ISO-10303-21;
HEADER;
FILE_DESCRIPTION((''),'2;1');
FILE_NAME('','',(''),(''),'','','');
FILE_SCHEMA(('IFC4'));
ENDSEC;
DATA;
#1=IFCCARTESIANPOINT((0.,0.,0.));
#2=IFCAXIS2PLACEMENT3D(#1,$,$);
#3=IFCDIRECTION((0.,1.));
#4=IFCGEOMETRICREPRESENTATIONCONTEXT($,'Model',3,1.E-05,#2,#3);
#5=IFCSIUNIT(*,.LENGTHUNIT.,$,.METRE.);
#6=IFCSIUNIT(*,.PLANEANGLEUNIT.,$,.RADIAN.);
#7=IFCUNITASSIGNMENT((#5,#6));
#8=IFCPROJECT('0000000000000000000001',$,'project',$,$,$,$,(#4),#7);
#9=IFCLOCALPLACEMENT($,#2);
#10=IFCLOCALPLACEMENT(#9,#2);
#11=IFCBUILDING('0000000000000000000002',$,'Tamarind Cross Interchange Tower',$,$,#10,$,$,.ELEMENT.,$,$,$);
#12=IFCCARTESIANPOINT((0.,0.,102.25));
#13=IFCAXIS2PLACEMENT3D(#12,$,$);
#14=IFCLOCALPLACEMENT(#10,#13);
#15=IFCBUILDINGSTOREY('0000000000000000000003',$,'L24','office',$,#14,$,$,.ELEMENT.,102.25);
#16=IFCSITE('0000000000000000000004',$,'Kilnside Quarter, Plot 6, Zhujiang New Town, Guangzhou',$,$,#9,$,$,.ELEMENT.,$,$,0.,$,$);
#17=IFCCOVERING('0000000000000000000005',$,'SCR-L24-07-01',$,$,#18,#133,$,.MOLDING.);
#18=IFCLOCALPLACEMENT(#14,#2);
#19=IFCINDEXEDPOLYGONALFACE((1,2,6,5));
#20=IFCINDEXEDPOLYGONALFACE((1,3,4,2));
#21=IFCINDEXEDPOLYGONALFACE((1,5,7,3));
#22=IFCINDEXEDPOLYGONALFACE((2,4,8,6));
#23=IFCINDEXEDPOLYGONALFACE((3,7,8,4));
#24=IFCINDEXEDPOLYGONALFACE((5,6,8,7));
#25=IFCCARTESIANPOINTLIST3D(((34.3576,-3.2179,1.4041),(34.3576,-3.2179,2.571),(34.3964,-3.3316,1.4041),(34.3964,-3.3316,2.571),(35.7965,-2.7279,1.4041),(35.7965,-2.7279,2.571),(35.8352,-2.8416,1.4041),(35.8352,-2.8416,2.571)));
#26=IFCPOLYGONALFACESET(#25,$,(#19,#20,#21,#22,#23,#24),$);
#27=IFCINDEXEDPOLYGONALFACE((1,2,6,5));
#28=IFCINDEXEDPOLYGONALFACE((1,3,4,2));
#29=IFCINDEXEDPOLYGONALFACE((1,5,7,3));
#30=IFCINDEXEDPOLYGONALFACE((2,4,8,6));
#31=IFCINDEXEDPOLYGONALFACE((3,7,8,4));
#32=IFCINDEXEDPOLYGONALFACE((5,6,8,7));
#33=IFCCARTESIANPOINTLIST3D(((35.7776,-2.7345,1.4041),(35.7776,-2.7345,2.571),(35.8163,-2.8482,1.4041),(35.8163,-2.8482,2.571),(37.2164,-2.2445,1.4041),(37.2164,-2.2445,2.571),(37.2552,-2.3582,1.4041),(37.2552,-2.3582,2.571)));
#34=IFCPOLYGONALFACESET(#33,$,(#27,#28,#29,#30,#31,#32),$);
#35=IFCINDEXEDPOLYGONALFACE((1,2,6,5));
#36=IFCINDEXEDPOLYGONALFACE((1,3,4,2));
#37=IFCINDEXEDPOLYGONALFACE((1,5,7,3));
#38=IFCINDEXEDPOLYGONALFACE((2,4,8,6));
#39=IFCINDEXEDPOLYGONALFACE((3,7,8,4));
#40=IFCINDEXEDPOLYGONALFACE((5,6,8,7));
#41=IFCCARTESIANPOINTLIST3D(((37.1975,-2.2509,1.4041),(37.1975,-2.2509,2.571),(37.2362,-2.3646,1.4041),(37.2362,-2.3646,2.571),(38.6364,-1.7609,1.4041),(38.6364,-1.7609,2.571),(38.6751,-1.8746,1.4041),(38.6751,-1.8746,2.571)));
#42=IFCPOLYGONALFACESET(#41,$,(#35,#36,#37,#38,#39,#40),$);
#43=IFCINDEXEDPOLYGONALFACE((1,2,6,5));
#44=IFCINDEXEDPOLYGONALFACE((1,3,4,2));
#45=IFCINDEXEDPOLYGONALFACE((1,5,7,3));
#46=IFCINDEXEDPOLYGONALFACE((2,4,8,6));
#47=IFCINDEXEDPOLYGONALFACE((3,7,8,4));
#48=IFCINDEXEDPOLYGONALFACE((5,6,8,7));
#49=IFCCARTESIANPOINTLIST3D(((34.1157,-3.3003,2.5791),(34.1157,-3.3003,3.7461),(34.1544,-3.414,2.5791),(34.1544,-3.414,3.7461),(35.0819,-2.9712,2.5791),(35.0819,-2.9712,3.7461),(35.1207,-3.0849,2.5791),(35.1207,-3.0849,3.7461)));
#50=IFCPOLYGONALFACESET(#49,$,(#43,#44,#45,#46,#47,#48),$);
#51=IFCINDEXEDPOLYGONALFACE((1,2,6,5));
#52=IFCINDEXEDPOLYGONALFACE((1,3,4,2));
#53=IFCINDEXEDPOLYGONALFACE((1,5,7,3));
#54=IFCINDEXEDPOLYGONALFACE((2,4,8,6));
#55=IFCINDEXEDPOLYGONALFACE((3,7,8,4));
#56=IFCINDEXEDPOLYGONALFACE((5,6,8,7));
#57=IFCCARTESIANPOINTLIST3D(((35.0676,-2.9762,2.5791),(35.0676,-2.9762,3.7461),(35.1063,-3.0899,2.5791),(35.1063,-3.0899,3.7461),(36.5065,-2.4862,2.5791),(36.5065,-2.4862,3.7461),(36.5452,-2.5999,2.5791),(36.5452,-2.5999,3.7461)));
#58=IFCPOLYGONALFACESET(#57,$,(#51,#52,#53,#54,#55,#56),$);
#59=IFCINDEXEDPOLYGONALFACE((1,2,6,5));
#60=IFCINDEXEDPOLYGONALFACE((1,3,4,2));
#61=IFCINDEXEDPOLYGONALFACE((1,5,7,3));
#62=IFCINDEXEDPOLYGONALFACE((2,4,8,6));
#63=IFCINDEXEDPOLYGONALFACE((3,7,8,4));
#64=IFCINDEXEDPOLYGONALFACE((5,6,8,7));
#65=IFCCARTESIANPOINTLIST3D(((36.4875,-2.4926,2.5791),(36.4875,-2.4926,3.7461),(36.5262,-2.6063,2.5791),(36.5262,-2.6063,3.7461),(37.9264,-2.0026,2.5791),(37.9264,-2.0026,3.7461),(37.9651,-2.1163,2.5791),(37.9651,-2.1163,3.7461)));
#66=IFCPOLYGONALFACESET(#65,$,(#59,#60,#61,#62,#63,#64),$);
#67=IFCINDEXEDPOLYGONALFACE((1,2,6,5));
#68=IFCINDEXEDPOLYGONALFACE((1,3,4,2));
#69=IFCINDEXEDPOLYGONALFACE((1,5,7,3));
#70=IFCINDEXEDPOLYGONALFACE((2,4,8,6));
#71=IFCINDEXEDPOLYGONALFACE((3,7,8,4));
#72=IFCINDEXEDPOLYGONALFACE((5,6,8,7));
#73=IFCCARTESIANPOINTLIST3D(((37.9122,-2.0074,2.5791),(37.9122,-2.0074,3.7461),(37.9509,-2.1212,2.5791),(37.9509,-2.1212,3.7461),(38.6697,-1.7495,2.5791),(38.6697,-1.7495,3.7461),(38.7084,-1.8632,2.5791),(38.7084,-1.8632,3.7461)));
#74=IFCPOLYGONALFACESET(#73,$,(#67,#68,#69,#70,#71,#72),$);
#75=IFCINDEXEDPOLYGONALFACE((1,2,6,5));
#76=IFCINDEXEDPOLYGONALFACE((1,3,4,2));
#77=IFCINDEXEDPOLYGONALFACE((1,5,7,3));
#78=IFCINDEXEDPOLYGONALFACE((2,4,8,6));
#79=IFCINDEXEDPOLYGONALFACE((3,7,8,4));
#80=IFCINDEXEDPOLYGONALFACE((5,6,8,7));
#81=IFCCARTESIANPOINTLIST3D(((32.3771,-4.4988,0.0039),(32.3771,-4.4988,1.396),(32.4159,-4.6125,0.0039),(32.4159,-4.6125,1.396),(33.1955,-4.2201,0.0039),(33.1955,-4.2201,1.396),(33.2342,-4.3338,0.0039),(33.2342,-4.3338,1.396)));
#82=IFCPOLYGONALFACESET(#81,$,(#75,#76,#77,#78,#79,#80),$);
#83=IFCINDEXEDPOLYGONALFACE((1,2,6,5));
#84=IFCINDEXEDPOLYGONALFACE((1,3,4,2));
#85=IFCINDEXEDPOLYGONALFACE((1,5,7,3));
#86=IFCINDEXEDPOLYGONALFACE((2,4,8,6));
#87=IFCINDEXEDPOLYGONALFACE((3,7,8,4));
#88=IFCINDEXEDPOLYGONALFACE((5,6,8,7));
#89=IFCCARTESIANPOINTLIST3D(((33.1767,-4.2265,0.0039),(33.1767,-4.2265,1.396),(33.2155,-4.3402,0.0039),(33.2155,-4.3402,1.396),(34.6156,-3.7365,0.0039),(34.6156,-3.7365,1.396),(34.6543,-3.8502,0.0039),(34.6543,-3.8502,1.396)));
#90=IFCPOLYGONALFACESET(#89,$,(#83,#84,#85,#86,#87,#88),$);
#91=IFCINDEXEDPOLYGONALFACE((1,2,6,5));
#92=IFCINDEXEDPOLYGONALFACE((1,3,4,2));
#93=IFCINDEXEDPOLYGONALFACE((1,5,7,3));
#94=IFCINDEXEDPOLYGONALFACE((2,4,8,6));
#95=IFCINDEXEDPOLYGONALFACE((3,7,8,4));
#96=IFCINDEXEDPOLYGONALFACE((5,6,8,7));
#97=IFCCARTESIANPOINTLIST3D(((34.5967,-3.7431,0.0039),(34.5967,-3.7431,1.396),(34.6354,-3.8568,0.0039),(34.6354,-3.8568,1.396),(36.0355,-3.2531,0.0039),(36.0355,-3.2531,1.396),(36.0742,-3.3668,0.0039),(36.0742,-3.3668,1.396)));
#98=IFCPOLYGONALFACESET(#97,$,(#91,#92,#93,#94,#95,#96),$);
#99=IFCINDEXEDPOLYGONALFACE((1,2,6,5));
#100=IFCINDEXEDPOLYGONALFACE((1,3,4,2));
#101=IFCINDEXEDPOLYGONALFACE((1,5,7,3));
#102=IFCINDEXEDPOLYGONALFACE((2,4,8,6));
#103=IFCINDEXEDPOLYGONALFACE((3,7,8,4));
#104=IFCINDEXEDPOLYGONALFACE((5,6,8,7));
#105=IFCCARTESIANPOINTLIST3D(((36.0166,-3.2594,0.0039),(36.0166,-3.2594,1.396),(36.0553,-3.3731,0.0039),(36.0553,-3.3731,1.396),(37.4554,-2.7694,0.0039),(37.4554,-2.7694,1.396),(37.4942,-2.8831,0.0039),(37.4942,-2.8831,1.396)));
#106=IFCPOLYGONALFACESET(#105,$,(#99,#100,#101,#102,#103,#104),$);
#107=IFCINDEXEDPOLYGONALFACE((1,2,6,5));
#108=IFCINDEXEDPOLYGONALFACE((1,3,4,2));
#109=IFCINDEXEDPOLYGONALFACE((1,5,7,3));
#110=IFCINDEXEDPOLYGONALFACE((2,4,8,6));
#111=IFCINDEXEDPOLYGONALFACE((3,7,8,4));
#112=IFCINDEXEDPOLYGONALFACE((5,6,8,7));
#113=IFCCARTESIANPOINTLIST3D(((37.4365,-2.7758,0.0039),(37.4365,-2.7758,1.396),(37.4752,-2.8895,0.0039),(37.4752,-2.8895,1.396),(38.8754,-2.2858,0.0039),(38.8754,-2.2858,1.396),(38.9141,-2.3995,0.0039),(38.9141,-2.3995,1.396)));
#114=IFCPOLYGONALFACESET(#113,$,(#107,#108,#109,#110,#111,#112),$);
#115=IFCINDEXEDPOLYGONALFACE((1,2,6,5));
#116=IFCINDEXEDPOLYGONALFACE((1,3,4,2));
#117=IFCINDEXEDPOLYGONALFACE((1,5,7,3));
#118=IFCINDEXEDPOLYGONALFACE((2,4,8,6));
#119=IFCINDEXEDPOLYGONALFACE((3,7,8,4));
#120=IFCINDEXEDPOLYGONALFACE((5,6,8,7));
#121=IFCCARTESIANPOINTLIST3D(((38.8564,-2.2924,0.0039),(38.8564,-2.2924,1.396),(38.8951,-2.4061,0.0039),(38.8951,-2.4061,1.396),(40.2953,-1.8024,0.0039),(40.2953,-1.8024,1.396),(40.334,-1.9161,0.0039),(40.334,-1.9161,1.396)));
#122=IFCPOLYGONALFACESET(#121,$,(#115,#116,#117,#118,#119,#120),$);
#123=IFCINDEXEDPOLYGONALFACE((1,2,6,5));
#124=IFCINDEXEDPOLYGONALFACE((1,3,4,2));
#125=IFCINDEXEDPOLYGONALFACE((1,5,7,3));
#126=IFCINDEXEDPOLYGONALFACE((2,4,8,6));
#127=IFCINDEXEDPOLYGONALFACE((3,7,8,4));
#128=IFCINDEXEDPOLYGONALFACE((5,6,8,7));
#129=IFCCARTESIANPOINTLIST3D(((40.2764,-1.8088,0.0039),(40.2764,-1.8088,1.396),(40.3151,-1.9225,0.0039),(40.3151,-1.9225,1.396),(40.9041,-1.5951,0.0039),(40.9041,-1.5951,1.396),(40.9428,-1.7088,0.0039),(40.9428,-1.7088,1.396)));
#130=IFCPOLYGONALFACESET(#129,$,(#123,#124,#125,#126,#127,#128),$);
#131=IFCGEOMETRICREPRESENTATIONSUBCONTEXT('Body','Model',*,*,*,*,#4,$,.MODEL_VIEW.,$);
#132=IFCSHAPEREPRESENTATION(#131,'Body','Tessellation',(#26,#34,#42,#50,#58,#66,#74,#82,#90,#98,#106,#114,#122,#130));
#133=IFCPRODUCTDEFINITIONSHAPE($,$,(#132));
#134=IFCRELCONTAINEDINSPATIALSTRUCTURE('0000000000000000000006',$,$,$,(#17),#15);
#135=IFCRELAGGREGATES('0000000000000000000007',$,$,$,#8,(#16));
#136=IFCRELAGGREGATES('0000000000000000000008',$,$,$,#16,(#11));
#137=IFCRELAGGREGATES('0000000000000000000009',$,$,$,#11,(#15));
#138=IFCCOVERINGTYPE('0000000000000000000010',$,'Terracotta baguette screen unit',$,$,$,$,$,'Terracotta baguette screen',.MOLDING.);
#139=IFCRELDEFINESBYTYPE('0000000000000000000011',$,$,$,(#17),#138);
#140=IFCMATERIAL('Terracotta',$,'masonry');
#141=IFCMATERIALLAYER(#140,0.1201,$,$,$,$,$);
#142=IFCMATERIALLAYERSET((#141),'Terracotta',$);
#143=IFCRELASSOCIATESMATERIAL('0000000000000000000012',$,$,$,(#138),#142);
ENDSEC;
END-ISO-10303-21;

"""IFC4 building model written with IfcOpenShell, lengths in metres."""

from ifc_helpers import new_model, si_unit, direction, frame, origin, origin_2d, place, context, subcontext, project, spatial, rectangle, extrude, material, layer, layer_set, type_object, element, save


model = new_model("IFC4")

# Units and contexts
model_context = context("Model", 3, precision=1e-05, world=origin(), true_north=direction((0.0, 1.0)))
body_context = subcontext(model_context, "Body", "Model", "MODEL_VIEW")
ifc_project = project(units=[si_unit("LENGTHUNIT", "METRE"), si_unit("PLANEANGLEUNIT", "RADIAN")], contexts=[model_context])

# Site, building, storey
site_placement = place(None, origin())
site = spatial("IfcSite", under=ifc_project, at=site_placement, Name="Kilnside Quarter, Plot 6, Zhujiang New Town, Guangzhou", CompositionType="ELEMENT", RefElevation=0.0)
building_placement = place(site_placement, origin())
building = spatial("IfcBuilding", under=site, at=building_placement, Name="Tamarind Cross Interchange Tower", CompositionType="ELEMENT")
storey_placement = place(building_placement, frame((0.0, 0.0, 102.25)))
storey = spatial("IfcBuildingStorey", under=building, at=storey_placement, Name="L24", Description="office", CompositionType="ELEMENT", Elevation=102.25)

# Covering
ifc_material_1 = material(Name="Terracotta", Category="masonry")
ifc_layer_1 = layer(ifc_material_1, 0.1201)
ifc_layer_set_1 = layer_set([ifc_layer_1], Name="Terracotta")
covering_type = type_object("IfcCoveringType", Name="Terracotta baguette screen unit", ElementType="Terracotta baguette screen", PredefinedType="MOLDING", material=ifc_layer_set_1)
covering_1_placement = place(storey_placement, origin())
element("IfcCovering", 1, at=covering_1_placement, inside=storey, type_object=covering_type, Name="SCR-L24-07-01", PredefinedType="MOLDING", context=body_context, shape_type="SweptSolid", body=[
    extrude(rectangle(XDim=1.52, YDim=0.1201, at=origin_2d()), frame((35.0964, -3.0298, 1.4041), z_axis=(0.0, 0.0, 1.0), x_axis=(0.946613, 0.322371, 0.0)), (0.0, 0.0, 1.0), 1.167),
    extrude(rectangle(XDim=1.52, YDim=0.1201, at=origin_2d()), frame((36.5164, -2.5464, 1.4041), z_axis=(0.0, 0.0, 1.0), x_axis=(0.946613, 0.322371, 0.0)), (0.0, 0.0, 1.0), 1.167),
    extrude(rectangle(XDim=1.52, YDim=0.1201, at=origin_2d()), frame((37.9363, -2.0627, 1.4041), z_axis=(0.0, 0.0, 1.0), x_axis=(0.946613, 0.322371, 0.0)), (0.0, 0.0, 1.0), 1.167),
    extrude(rectangle(XDim=1.0208, YDim=0.1201, at=origin_2d()), frame((34.6182, -3.1926, 2.5791), z_axis=(0.0, 0.0, 1.0), x_axis=(0.946613, 0.322371, 0.0)), (0.0, 0.0, 1.0), 1.167),
    extrude(rectangle(XDim=1.52, YDim=0.1201, at=origin_2d()), frame((35.8064, -2.7881, 2.5791), z_axis=(0.0, 0.0, 1.0), x_axis=(0.946613, 0.322371, 0.0)), (0.0, 0.0, 1.0), 1.167),
    extrude(rectangle(XDim=1.52, YDim=0.1201, at=origin_2d()), frame((37.2263, -2.3044, 2.5791), z_axis=(0.0, 0.0, 1.0), x_axis=(0.946613, 0.322371, 0.0)), (0.0, 0.0, 1.0), 1.167),
    extrude(rectangle(XDim=0.8003, YDim=0.1201, at=origin_2d()), frame((38.3103, -1.9353, 2.5791), z_axis=(0.0, 0.0, 1.0), x_axis=(0.946613, 0.322371, 0.0)), (0.0, 0.0, 1.0), 1.167),
    extrude(rectangle(XDim=0.8645, YDim=0.1201, at=origin_2d()), frame((32.8057, -4.4163, 0.0039), z_axis=(0.0, 0.0, 1.0), x_axis=(0.946613, 0.322371, 0.0)), (0.0, 0.0, 1.0), 1.3921),
    extrude(rectangle(XDim=1.52, YDim=0.1201, at=origin_2d()), frame((33.9155, -4.0383, 0.0039), z_axis=(0.0, 0.0, 1.0), x_axis=(0.946613, 0.322371, 0.0)), (0.0, 0.0, 1.0), 1.3921),
    extrude(rectangle(XDim=1.52, YDim=0.1201, at=origin_2d()), frame((35.3354, -3.5549, 0.0039), z_axis=(0.0, 0.0, 1.0), x_axis=(0.946613, 0.322371, 0.0)), (0.0, 0.0, 1.0), 1.3921),
    extrude(rectangle(XDim=1.52, YDim=0.1201, at=origin_2d()), frame((36.7554, -3.0713, 0.0039), z_axis=(0.0, 0.0, 1.0), x_axis=(0.946613, 0.322371, 0.0)), (0.0, 0.0, 1.0), 1.3921),
    extrude(rectangle(XDim=1.52, YDim=0.1201, at=origin_2d()), frame((38.1753, -2.5876, 0.0039), z_axis=(0.0, 0.0, 1.0), x_axis=(0.946613, 0.322371, 0.0)), (0.0, 0.0, 1.0), 1.3921),
    extrude(rectangle(XDim=1.52, YDim=0.1201, at=origin_2d()), frame((39.5952, -2.1042, 0.0039), z_axis=(0.0, 0.0, 1.0), x_axis=(0.946613, 0.322371, 0.0)), (0.0, 0.0, 1.0), 1.3921),
    extrude(rectangle(XDim=0.6631, YDim=0.1201, at=origin_2d()), frame((40.6096, -1.7588, 0.0039), z_axis=(0.0, 0.0, 1.0), x_axis=(0.946613, 0.322371, 0.0)), (0.0, 0.0, 1.0), 1.3921),
])

save(model, "model.ifc")
